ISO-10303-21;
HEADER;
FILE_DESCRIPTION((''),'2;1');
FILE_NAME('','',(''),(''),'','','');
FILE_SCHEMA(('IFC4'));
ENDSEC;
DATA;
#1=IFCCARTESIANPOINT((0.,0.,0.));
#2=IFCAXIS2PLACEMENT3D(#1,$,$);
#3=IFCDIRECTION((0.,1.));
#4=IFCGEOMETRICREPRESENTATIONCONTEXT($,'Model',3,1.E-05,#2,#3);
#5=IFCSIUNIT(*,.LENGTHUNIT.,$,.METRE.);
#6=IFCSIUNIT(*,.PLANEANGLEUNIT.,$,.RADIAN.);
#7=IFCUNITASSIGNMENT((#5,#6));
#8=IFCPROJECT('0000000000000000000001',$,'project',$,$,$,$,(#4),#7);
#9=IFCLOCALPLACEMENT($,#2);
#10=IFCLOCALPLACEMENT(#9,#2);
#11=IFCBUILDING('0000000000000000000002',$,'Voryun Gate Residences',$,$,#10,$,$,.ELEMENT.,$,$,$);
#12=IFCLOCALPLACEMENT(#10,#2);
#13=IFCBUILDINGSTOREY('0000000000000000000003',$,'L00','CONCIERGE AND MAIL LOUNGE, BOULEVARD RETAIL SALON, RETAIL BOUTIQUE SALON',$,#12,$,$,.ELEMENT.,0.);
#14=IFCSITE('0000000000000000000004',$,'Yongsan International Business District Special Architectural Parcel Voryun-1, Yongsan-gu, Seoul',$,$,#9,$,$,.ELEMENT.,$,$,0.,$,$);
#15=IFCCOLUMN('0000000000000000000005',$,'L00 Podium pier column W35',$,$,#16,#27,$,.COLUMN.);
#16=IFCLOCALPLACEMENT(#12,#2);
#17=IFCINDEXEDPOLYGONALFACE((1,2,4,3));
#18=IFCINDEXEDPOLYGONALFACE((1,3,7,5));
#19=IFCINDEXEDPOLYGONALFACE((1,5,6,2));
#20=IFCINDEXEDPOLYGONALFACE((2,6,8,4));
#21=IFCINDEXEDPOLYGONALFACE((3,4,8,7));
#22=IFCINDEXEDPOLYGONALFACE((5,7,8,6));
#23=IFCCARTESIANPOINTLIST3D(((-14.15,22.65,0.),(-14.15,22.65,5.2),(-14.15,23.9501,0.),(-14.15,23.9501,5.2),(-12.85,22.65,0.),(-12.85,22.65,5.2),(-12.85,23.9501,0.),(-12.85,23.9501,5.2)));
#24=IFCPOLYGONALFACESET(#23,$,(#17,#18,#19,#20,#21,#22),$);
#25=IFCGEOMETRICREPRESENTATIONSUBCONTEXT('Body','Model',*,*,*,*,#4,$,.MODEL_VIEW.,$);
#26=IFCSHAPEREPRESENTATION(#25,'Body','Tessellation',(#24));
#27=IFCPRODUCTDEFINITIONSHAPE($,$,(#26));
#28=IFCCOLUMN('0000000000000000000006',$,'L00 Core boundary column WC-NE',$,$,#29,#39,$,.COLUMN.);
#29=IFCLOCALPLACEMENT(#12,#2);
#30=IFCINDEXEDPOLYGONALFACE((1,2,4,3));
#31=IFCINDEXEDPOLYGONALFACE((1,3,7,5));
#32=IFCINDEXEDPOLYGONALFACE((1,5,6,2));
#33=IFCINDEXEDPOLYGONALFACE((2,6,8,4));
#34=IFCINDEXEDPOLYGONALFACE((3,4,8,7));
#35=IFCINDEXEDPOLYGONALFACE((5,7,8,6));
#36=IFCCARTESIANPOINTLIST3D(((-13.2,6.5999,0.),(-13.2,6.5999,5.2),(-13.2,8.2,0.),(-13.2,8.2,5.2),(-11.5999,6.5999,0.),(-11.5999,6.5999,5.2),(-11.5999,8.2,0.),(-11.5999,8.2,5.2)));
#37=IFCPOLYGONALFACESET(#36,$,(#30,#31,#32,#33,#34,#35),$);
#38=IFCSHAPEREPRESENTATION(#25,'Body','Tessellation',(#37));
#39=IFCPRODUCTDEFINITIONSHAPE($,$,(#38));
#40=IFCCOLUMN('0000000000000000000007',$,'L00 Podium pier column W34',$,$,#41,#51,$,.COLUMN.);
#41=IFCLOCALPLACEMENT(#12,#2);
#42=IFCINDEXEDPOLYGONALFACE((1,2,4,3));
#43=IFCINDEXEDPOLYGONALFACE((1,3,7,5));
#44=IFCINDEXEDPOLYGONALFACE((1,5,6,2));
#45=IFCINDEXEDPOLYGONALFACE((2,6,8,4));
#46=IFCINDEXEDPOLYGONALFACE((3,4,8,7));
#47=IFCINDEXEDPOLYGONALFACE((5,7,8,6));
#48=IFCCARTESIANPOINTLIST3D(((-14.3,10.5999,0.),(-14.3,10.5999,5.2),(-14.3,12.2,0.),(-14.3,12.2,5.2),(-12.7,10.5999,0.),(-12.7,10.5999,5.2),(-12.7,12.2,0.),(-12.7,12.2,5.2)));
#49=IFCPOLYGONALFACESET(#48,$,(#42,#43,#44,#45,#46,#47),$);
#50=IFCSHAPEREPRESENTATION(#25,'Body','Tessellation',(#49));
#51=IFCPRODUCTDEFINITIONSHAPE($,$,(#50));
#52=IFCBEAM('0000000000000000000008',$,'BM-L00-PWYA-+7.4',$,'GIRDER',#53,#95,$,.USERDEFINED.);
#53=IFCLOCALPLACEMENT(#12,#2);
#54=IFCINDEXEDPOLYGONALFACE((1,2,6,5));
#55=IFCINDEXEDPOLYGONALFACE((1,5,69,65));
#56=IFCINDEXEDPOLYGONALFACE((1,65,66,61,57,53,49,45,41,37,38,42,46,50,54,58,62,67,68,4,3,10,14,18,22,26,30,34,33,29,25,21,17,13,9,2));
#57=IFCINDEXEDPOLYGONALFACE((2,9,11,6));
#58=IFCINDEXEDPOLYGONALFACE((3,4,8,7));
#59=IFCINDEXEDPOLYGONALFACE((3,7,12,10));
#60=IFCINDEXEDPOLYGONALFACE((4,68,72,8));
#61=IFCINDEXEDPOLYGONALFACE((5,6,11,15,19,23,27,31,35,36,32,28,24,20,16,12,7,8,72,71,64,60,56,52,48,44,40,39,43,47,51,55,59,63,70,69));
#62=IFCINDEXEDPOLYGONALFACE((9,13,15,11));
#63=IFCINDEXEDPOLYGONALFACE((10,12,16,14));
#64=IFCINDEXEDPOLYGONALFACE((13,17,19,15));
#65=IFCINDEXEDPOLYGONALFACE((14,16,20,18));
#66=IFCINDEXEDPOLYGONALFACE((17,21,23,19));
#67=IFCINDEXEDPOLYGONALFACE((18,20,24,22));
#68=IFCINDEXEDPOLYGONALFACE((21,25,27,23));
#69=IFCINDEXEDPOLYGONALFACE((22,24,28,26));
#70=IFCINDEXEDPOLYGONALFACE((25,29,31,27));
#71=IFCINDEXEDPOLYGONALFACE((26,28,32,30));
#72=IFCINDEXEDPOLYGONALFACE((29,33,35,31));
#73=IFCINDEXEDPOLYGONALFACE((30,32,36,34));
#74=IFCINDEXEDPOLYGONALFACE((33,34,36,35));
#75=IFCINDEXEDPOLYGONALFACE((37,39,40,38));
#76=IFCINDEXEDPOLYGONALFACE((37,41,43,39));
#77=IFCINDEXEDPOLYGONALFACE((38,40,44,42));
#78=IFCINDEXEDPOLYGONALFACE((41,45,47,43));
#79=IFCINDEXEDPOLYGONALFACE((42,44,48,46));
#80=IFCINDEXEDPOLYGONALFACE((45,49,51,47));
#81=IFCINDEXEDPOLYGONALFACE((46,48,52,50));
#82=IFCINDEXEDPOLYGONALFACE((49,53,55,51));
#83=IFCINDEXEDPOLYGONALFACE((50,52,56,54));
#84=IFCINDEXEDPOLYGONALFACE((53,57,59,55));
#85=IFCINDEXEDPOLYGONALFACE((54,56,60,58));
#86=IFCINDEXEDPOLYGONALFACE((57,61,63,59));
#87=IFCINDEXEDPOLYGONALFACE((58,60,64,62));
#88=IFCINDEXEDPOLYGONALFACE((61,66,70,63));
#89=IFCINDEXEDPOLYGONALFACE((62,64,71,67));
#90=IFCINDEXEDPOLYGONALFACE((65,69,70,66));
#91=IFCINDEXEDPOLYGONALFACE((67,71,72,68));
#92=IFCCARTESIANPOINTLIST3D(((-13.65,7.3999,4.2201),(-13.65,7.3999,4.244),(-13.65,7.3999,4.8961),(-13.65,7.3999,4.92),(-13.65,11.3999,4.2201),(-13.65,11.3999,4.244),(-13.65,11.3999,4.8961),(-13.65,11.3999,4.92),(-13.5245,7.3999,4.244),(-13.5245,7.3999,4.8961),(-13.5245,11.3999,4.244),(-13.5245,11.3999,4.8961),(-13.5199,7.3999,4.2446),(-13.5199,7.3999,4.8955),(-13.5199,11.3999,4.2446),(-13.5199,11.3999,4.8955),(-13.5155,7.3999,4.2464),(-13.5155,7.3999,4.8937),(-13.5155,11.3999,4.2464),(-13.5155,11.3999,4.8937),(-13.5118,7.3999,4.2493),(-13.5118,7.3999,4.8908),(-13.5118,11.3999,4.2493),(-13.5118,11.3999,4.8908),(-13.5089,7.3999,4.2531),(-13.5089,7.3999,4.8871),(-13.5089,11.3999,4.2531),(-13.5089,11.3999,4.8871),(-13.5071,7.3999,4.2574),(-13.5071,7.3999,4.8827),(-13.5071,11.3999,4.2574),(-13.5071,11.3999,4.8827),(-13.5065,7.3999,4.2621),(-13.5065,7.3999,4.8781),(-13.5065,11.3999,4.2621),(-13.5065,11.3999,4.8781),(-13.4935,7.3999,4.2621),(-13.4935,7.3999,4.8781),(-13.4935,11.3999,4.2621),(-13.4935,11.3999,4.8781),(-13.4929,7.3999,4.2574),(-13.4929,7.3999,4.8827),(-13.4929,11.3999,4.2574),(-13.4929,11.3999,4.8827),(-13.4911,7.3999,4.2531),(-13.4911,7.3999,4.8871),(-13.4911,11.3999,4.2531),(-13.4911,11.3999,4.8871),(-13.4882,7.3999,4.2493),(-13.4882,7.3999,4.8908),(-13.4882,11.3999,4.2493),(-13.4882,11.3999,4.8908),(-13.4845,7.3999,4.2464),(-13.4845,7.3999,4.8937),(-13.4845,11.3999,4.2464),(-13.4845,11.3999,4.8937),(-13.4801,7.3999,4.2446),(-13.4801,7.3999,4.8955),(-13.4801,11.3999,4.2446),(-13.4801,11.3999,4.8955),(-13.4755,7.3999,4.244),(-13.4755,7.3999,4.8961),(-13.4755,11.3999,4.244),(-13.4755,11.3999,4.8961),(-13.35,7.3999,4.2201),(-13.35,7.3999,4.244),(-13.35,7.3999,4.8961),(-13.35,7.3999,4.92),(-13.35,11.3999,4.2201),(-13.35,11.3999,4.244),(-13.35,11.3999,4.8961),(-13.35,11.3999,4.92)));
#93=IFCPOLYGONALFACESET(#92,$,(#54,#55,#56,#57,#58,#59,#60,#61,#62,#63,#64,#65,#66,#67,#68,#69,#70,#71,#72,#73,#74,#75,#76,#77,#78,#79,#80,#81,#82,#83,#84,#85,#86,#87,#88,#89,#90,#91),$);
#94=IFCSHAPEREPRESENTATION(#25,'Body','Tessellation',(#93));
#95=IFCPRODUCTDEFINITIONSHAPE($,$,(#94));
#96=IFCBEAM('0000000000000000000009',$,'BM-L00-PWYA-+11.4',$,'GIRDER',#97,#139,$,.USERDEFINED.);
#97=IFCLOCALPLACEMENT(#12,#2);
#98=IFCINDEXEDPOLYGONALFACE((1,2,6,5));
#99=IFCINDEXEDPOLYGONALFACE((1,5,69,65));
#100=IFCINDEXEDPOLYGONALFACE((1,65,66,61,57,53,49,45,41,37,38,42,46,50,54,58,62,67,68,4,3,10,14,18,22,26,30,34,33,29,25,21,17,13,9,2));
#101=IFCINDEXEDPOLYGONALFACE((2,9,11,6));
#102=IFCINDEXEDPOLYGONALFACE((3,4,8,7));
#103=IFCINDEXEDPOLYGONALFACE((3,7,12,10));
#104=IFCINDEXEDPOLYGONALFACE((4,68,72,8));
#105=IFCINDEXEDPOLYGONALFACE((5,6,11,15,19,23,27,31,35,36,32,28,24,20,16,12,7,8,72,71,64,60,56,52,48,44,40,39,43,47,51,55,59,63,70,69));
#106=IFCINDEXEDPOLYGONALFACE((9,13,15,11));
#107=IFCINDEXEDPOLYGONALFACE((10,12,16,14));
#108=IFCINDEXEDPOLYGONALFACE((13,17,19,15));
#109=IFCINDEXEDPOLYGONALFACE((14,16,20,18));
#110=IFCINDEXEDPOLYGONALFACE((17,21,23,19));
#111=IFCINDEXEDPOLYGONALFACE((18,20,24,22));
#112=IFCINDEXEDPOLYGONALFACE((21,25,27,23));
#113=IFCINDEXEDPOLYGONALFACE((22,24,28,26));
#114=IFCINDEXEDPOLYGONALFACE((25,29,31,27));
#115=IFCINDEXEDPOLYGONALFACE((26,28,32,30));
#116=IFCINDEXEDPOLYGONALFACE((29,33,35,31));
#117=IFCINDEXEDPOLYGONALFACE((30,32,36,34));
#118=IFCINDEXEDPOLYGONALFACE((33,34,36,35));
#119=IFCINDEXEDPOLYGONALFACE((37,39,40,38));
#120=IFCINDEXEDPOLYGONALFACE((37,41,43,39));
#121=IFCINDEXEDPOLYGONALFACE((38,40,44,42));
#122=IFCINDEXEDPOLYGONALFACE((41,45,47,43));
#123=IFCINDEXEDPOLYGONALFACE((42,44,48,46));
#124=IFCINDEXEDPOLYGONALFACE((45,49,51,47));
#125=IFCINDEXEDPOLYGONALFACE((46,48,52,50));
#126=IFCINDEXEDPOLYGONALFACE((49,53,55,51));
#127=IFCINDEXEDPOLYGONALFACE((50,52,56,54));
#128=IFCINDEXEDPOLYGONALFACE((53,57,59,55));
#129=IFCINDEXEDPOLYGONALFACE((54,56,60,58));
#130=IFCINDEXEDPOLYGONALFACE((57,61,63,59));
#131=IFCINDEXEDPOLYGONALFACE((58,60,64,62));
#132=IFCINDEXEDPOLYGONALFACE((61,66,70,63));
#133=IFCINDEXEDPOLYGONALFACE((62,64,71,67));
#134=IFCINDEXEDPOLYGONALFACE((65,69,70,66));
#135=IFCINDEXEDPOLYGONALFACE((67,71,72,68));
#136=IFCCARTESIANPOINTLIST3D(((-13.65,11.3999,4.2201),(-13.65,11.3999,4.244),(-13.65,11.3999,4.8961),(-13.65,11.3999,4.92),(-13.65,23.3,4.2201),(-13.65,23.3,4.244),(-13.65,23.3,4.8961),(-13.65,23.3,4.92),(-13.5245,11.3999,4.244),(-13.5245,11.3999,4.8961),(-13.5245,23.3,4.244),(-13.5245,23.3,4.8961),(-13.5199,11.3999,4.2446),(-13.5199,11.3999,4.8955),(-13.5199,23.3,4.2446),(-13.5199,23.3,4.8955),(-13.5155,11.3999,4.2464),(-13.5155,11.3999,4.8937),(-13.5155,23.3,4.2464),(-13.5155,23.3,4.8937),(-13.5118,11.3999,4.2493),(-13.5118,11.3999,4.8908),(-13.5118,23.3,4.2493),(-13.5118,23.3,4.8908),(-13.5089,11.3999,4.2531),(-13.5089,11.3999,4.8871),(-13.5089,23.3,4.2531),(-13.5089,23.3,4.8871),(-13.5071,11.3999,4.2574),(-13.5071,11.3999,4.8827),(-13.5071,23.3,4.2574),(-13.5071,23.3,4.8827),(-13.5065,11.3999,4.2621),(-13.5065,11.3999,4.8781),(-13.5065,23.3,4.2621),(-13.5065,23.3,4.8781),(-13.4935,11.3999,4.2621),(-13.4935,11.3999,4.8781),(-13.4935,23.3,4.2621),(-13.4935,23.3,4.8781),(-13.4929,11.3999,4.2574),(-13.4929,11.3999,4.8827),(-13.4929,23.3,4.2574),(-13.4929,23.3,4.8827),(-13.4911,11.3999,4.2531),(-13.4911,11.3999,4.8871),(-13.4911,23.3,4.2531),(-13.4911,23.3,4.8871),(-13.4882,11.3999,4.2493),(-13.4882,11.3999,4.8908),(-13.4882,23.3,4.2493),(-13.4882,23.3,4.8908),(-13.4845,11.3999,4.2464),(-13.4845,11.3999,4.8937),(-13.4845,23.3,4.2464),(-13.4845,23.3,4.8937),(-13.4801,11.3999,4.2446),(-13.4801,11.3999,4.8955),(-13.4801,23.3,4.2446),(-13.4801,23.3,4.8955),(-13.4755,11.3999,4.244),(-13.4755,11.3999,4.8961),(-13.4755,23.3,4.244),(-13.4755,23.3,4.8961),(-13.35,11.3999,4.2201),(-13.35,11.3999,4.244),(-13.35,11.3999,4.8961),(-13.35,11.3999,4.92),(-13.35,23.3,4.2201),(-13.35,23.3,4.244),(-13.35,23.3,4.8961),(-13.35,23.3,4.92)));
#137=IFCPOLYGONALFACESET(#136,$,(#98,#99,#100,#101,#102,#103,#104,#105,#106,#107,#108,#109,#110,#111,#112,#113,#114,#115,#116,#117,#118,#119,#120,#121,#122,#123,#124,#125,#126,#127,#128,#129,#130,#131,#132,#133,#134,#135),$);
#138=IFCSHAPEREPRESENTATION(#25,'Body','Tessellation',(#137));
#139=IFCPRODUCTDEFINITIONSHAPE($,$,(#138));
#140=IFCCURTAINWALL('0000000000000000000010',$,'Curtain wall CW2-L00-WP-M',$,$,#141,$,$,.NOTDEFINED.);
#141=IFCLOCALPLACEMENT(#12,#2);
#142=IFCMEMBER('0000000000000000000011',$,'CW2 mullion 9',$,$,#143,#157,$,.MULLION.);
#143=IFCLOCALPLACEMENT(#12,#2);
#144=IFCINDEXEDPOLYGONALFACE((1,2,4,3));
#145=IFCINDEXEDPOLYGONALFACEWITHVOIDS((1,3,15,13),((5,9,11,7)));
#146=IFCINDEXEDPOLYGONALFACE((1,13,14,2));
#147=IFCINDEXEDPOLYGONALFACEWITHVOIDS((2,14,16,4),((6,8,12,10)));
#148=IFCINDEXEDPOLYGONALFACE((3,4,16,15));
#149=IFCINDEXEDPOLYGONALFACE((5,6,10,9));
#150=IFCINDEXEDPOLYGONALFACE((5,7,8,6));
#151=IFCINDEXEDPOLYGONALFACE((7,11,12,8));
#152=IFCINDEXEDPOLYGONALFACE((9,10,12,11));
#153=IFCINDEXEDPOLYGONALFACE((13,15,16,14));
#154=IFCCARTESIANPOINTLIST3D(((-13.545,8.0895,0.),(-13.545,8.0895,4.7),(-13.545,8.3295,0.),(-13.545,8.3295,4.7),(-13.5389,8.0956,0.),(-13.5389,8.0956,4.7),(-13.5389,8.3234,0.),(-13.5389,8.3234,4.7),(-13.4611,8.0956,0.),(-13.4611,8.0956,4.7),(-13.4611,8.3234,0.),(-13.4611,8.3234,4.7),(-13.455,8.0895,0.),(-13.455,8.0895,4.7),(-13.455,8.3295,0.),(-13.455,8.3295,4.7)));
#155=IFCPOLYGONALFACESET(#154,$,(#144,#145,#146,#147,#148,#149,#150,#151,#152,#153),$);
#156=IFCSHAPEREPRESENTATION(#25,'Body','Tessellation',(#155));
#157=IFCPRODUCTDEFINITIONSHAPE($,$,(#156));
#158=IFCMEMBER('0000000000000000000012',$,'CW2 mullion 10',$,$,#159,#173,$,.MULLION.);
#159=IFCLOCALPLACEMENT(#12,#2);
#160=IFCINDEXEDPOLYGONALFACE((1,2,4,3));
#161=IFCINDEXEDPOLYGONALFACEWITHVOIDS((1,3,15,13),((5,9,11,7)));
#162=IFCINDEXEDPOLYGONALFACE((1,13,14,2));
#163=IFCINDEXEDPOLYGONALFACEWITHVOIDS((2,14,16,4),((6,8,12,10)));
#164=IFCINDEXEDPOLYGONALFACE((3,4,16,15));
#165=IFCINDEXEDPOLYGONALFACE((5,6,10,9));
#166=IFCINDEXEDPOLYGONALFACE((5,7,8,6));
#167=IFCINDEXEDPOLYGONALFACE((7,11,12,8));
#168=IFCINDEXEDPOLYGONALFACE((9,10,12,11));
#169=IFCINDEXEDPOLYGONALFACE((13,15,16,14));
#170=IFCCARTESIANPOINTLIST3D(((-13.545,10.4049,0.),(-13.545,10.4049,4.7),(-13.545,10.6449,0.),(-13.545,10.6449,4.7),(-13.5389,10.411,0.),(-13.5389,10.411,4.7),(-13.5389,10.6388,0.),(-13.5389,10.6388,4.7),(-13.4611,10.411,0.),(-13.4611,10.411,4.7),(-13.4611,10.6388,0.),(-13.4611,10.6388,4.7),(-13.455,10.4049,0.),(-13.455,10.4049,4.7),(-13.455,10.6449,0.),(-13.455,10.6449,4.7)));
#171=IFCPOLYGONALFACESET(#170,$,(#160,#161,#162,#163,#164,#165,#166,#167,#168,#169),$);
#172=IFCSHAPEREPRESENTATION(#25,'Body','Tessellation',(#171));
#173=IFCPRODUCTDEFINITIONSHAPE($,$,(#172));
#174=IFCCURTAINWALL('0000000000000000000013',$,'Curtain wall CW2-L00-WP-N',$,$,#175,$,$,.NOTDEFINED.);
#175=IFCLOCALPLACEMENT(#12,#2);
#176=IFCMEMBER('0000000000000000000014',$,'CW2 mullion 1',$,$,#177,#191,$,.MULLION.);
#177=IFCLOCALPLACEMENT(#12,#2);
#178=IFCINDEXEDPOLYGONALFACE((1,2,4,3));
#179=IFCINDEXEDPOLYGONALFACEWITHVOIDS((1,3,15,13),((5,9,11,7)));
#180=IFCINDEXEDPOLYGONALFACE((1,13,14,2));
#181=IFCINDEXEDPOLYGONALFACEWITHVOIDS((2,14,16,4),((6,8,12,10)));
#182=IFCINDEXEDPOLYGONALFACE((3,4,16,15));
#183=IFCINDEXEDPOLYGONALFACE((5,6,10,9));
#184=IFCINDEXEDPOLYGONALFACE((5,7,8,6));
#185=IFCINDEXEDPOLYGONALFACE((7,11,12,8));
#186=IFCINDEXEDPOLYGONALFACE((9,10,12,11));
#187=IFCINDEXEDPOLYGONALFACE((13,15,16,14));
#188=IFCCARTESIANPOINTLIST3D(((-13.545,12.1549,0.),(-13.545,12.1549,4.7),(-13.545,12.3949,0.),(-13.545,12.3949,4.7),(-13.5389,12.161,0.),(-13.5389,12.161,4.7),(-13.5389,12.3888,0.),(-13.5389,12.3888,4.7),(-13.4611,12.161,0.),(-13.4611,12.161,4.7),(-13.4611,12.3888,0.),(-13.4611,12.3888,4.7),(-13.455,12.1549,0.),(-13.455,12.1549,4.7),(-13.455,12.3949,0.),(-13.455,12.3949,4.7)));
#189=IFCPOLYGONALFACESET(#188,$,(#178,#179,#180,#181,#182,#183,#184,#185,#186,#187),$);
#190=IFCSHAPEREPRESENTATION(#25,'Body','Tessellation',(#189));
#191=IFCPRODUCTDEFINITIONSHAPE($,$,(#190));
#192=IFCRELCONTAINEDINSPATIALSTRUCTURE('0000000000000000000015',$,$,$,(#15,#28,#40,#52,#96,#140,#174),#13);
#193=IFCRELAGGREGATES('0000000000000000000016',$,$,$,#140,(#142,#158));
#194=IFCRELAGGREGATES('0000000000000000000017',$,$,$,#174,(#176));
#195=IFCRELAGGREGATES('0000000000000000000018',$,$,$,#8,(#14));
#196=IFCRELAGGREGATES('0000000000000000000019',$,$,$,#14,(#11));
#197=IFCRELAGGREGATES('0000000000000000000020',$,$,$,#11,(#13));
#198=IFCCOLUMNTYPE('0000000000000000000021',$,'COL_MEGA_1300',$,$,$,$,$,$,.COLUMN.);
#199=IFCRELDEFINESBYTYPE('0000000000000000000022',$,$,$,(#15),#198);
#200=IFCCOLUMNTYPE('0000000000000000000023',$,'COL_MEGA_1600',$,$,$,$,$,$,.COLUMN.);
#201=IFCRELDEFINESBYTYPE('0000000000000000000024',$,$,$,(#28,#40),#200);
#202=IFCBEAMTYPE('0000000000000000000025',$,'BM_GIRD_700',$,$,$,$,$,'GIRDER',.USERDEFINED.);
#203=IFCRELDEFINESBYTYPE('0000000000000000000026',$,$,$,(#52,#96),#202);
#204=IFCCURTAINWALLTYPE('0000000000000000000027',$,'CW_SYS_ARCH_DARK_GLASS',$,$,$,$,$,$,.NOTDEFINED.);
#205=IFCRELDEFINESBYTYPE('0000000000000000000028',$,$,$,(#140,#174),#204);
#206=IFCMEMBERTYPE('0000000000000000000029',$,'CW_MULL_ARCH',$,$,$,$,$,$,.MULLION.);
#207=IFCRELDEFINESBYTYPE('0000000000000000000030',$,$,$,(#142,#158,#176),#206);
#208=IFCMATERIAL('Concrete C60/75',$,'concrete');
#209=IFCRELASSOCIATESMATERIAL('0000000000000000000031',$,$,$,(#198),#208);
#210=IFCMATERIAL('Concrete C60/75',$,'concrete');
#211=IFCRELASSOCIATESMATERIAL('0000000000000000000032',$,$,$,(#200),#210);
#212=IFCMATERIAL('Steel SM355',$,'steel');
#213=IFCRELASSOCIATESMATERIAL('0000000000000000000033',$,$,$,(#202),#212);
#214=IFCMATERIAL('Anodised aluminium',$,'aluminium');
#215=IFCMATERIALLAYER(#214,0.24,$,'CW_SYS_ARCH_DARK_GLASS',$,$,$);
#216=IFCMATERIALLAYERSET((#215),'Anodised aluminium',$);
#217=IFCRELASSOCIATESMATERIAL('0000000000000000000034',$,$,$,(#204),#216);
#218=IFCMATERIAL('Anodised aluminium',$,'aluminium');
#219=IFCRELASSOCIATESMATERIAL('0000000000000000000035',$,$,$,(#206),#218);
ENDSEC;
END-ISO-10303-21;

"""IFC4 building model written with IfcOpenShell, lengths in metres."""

from ifc_helpers import new_model, si_unit, direction, frame, origin, origin_2d, place, context, subcontext, project, spatial, rectangle, hollow_rectangle, i_section, extrude, material, layer, layer_set, material_profile, profile_set, type_object, element, aggregate, save


model = new_model("IFC4")

# Units and contexts
model_context = context("Model", 3, precision=1e-05, world=origin(), true_north=direction((0.0, 1.0)))
body_context = subcontext(model_context, "Body", "Model", "MODEL_VIEW")
ifc_project = project(units=[si_unit("LENGTHUNIT", "METRE"), si_unit("PLANEANGLEUNIT", "RADIAN")], contexts=[model_context])

# Site, building, storey
site_placement = place(None, origin())
site = spatial("IfcSite", under=ifc_project, at=site_placement, Name="Yongsan International Business District Special Architectural Parcel Voryun-1, Yongsan-gu, Seoul", CompositionType="ELEMENT", RefElevation=0.0)
building_placement = place(site_placement, origin())
building = spatial("IfcBuilding", under=site, at=building_placement, Name="Voryun Gate Residences", CompositionType="ELEMENT")
storey_placement = place(building_placement, origin())
storey = spatial("IfcBuildingStorey", under=building, at=storey_placement, Name="L00", Description="CONCIERGE AND MAIL LOUNGE, BOULEVARD RETAIL SALON, RETAIL BOUTIQUE SALON", CompositionType="ELEMENT", Elevation=0.0)

# Columns
ifc_material_1 = material(Name="Concrete C60/75", Category="concrete")
ifc_material_profile_1 = material_profile(ifc_material_1, rectangle(XDim=1.3, YDim=1.3, at=origin_2d()), Name="RC-1300x1300")
ifc_profile_set_1 = profile_set([ifc_material_profile_1], Name="Concrete C60/75")
column_type_1 = type_object("IfcColumnType", Name="COL_MEGA_1300", PredefinedType="COLUMN", material=ifc_profile_set_1)
column_placement = place(storey_placement, frame((-13.5, 23.3, 0.0), z_axis=(0.0, 0.0, 1.0), x_axis=(1.0, 0.0, 0.0)))
element("IfcColumn", 1, at=column_placement, inside=storey, type_object=column_type_1, Name="L00 Podium pier column W35", PredefinedType="COLUMN", context=body_context, shape_type="SweptSolid", body=[
    extrude(rectangle(XDim=1.3, YDim=1.3, at=origin_2d()), origin(), (0.0, 0.0, 1.0), 5.2),
])
ifc_material_2 = material(Name="Concrete C60/75", Category="concrete")
ifc_material_profile_2 = material_profile(ifc_material_2, rectangle(XDim=1.6001, YDim=1.6001, at=origin_2d()), Name="RC-1600x1600")
ifc_profile_set_2 = profile_set([ifc_material_profile_2], Name="Concrete C60/75")
column_type_2 = type_object("IfcColumnType", Name="COL_MEGA_1600", PredefinedType="COLUMN", material=ifc_profile_set_2)
for number, where, z_axis, x_axis, name in (
    (2, (-12.3999, 7.3999, 0.0), (0.0, 0.0, 1.0), (1.0, 0.0, 0.0), "L00 Core boundary column WC-NE"),
    (3, (-13.5, 11.3999, 0.0), (0.0, 0.0, 1.0), (1.0, 0.0, 0.0), "L00 Podium pier column W34"),
):
    element("IfcColumn", number, at=place(storey_placement, frame(where, z_axis=z_axis, x_axis=x_axis)), inside=storey, type_object=column_type_2, Name=name, PredefinedType="COLUMN", context=body_context, shape_type="SweptSolid", body=[
        extrude(rectangle(XDim=1.6001, YDim=1.6001, at=origin_2d()), origin(), (0.0, 0.0, 1.0), 5.2),
    ])

# Beams
ifc_material_3 = material(Name="Steel SM355", Category="steel")
ifc_material_profile_3 = material_profile(ifc_material_3, i_section(OverallWidth=0.3, OverallDepth=0.7, WebThickness=0.0129, FlangeThickness=0.0239, FilletRadius=0.0181, at=origin_2d()), Name="H-700x300x13x24")
ifc_profile_set_3 = profile_set([ifc_material_profile_3], Name="Steel SM355")
beam_type = type_object("IfcBeamType", Name="BM_GIRD_700", ElementType="GIRDER", PredefinedType="USERDEFINED", material=ifc_profile_set_3)
beam_1_placement = place(storey_placement, frame((-13.5, 7.3999, 4.5701), z_axis=(0.0, 1.0, 0.0), x_axis=(-1.0, 0.0, 0.0)))
element("IfcBeam", 4, at=beam_1_placement, inside=storey, type_object=beam_type, Name="BM-L00-PWYA-+7.4", ObjectType="GIRDER", PredefinedType="USERDEFINED", context=body_context, shape_type="SweptSolid", body=[
    extrude(i_section(OverallWidth=0.3, OverallDepth=0.7, WebThickness=0.0129, FlangeThickness=0.0239, FilletRadius=0.0181, at=origin_2d()), origin(), (0.0, 0.0, 1.0), 4.0),
])
beam_2_placement = place(storey_placement, frame((-13.5, 11.3999, 4.5701), z_axis=(0.0, 1.0, 0.0), x_axis=(-1.0, 0.0, 0.0)))
element("IfcBeam", 5, at=beam_2_placement, inside=storey, type_object=beam_type, Name="BM-L00-PWYA-+11.4", ObjectType="GIRDER", PredefinedType="USERDEFINED", context=body_context, shape_type="SweptSolid", body=[
    extrude(i_section(OverallWidth=0.3, OverallDepth=0.7, WebThickness=0.0129, FlangeThickness=0.0239, FilletRadius=0.0181, at=origin_2d()), origin(), (0.0, 0.0, 1.0), 11.9001),
])

# Curtain walls, members
ifc_material_4 = material(Name="Anodised aluminium", Category="aluminium")
ifc_layer_1 = layer(ifc_material_4, 0.24, Name="CW_SYS_ARCH_DARK_GLASS")
ifc_layer_set_1 = layer_set([ifc_layer_1], Name="Anodised aluminium")
curtain_wall_type = type_object("IfcCurtainWallType", Name="CW_SYS_ARCH_DARK_GLASS", PredefinedType="NOTDEFINED", material=ifc_layer_set_1)
curtain_wall_1_placement = place(storey_placement, origin())
curtain_wall_1 = element("IfcCurtainWall", 6, at=curtain_wall_1_placement, inside=storey, type_object=curtain_wall_type, Name="Curtain wall CW2-L00-WP-M", PredefinedType="NOTDEFINED")
ifc_material_5 = material(Name="Anodised aluminium", Category="aluminium")
ifc_material_profile_4 = material_profile(ifc_material_5, hollow_rectangle(XDim=0.0901, YDim=0.24, WallThickness=0.0061, at=origin_2d()), Name="ALU-MULL-240x90x6")
ifc_profile_set_4 = profile_set([ifc_material_profile_4], Name="Anodised aluminium")
member_type_1 = type_object("IfcMemberType", Name="CW_MULL_ARCH", PredefinedType="MULLION", material=ifc_profile_set_4)
member_1_placement = place(storey_placement, frame((-13.5, 8.2095, 0.0), z_axis=(0.0, 0.0, 1.0), x_axis=(-1.0, 0.0, 0.0)))
member_1 = element("IfcMember", 7, at=member_1_placement, type_object=member_type_1, Name="CW2 mullion 9", PredefinedType="MULLION", context=body_context, shape_type="SweptSolid", body=[
    extrude(hollow_rectangle(XDim=0.0901, YDim=0.24, WallThickness=0.0061, at=origin_2d()), origin(), (0.0, 0.0, 1.0), 4.7),
])
member_2_placement = place(storey_placement, frame((-13.5, 10.5249, 0.0), z_axis=(0.0, 0.0, 1.0), x_axis=(-1.0, 0.0, 0.0)))
member_2 = element("IfcMember", 8, at=member_2_placement, type_object=member_type_1, Name="CW2 mullion 10", PredefinedType="MULLION", context=body_context, shape_type="SweptSolid", body=[
    extrude(hollow_rectangle(XDim=0.0901, YDim=0.24, WallThickness=0.0061, at=origin_2d()), origin(), (0.0, 0.0, 1.0), 4.7),
])
curtain_wall_2_placement = place(storey_placement, origin())
curtain_wall_2 = element("IfcCurtainWall", 9, at=curtain_wall_2_placement, inside=storey, type_object=curtain_wall_type, Name="Curtain wall CW2-L00-WP-N", PredefinedType="NOTDEFINED")
member_3_placement = place(storey_placement, frame((-13.5, 12.2749, 0.0), z_axis=(0.0, 0.0, 1.0), x_axis=(-1.0, 0.0, 0.0)))
member_3 = element("IfcMember", 10, at=member_3_placement, type_object=member_type_1, Name="CW2 mullion 1", PredefinedType="MULLION", context=body_context, shape_type="SweptSolid", body=[
    extrude(hollow_rectangle(XDim=0.0901, YDim=0.24, WallThickness=0.0061, at=origin_2d()), origin(), (0.0, 0.0, 1.0), 4.7),
])

aggregate(curtain_wall_1, [member_1, member_2])
aggregate(curtain_wall_2, [member_3])

save(model, "model.ifc")
